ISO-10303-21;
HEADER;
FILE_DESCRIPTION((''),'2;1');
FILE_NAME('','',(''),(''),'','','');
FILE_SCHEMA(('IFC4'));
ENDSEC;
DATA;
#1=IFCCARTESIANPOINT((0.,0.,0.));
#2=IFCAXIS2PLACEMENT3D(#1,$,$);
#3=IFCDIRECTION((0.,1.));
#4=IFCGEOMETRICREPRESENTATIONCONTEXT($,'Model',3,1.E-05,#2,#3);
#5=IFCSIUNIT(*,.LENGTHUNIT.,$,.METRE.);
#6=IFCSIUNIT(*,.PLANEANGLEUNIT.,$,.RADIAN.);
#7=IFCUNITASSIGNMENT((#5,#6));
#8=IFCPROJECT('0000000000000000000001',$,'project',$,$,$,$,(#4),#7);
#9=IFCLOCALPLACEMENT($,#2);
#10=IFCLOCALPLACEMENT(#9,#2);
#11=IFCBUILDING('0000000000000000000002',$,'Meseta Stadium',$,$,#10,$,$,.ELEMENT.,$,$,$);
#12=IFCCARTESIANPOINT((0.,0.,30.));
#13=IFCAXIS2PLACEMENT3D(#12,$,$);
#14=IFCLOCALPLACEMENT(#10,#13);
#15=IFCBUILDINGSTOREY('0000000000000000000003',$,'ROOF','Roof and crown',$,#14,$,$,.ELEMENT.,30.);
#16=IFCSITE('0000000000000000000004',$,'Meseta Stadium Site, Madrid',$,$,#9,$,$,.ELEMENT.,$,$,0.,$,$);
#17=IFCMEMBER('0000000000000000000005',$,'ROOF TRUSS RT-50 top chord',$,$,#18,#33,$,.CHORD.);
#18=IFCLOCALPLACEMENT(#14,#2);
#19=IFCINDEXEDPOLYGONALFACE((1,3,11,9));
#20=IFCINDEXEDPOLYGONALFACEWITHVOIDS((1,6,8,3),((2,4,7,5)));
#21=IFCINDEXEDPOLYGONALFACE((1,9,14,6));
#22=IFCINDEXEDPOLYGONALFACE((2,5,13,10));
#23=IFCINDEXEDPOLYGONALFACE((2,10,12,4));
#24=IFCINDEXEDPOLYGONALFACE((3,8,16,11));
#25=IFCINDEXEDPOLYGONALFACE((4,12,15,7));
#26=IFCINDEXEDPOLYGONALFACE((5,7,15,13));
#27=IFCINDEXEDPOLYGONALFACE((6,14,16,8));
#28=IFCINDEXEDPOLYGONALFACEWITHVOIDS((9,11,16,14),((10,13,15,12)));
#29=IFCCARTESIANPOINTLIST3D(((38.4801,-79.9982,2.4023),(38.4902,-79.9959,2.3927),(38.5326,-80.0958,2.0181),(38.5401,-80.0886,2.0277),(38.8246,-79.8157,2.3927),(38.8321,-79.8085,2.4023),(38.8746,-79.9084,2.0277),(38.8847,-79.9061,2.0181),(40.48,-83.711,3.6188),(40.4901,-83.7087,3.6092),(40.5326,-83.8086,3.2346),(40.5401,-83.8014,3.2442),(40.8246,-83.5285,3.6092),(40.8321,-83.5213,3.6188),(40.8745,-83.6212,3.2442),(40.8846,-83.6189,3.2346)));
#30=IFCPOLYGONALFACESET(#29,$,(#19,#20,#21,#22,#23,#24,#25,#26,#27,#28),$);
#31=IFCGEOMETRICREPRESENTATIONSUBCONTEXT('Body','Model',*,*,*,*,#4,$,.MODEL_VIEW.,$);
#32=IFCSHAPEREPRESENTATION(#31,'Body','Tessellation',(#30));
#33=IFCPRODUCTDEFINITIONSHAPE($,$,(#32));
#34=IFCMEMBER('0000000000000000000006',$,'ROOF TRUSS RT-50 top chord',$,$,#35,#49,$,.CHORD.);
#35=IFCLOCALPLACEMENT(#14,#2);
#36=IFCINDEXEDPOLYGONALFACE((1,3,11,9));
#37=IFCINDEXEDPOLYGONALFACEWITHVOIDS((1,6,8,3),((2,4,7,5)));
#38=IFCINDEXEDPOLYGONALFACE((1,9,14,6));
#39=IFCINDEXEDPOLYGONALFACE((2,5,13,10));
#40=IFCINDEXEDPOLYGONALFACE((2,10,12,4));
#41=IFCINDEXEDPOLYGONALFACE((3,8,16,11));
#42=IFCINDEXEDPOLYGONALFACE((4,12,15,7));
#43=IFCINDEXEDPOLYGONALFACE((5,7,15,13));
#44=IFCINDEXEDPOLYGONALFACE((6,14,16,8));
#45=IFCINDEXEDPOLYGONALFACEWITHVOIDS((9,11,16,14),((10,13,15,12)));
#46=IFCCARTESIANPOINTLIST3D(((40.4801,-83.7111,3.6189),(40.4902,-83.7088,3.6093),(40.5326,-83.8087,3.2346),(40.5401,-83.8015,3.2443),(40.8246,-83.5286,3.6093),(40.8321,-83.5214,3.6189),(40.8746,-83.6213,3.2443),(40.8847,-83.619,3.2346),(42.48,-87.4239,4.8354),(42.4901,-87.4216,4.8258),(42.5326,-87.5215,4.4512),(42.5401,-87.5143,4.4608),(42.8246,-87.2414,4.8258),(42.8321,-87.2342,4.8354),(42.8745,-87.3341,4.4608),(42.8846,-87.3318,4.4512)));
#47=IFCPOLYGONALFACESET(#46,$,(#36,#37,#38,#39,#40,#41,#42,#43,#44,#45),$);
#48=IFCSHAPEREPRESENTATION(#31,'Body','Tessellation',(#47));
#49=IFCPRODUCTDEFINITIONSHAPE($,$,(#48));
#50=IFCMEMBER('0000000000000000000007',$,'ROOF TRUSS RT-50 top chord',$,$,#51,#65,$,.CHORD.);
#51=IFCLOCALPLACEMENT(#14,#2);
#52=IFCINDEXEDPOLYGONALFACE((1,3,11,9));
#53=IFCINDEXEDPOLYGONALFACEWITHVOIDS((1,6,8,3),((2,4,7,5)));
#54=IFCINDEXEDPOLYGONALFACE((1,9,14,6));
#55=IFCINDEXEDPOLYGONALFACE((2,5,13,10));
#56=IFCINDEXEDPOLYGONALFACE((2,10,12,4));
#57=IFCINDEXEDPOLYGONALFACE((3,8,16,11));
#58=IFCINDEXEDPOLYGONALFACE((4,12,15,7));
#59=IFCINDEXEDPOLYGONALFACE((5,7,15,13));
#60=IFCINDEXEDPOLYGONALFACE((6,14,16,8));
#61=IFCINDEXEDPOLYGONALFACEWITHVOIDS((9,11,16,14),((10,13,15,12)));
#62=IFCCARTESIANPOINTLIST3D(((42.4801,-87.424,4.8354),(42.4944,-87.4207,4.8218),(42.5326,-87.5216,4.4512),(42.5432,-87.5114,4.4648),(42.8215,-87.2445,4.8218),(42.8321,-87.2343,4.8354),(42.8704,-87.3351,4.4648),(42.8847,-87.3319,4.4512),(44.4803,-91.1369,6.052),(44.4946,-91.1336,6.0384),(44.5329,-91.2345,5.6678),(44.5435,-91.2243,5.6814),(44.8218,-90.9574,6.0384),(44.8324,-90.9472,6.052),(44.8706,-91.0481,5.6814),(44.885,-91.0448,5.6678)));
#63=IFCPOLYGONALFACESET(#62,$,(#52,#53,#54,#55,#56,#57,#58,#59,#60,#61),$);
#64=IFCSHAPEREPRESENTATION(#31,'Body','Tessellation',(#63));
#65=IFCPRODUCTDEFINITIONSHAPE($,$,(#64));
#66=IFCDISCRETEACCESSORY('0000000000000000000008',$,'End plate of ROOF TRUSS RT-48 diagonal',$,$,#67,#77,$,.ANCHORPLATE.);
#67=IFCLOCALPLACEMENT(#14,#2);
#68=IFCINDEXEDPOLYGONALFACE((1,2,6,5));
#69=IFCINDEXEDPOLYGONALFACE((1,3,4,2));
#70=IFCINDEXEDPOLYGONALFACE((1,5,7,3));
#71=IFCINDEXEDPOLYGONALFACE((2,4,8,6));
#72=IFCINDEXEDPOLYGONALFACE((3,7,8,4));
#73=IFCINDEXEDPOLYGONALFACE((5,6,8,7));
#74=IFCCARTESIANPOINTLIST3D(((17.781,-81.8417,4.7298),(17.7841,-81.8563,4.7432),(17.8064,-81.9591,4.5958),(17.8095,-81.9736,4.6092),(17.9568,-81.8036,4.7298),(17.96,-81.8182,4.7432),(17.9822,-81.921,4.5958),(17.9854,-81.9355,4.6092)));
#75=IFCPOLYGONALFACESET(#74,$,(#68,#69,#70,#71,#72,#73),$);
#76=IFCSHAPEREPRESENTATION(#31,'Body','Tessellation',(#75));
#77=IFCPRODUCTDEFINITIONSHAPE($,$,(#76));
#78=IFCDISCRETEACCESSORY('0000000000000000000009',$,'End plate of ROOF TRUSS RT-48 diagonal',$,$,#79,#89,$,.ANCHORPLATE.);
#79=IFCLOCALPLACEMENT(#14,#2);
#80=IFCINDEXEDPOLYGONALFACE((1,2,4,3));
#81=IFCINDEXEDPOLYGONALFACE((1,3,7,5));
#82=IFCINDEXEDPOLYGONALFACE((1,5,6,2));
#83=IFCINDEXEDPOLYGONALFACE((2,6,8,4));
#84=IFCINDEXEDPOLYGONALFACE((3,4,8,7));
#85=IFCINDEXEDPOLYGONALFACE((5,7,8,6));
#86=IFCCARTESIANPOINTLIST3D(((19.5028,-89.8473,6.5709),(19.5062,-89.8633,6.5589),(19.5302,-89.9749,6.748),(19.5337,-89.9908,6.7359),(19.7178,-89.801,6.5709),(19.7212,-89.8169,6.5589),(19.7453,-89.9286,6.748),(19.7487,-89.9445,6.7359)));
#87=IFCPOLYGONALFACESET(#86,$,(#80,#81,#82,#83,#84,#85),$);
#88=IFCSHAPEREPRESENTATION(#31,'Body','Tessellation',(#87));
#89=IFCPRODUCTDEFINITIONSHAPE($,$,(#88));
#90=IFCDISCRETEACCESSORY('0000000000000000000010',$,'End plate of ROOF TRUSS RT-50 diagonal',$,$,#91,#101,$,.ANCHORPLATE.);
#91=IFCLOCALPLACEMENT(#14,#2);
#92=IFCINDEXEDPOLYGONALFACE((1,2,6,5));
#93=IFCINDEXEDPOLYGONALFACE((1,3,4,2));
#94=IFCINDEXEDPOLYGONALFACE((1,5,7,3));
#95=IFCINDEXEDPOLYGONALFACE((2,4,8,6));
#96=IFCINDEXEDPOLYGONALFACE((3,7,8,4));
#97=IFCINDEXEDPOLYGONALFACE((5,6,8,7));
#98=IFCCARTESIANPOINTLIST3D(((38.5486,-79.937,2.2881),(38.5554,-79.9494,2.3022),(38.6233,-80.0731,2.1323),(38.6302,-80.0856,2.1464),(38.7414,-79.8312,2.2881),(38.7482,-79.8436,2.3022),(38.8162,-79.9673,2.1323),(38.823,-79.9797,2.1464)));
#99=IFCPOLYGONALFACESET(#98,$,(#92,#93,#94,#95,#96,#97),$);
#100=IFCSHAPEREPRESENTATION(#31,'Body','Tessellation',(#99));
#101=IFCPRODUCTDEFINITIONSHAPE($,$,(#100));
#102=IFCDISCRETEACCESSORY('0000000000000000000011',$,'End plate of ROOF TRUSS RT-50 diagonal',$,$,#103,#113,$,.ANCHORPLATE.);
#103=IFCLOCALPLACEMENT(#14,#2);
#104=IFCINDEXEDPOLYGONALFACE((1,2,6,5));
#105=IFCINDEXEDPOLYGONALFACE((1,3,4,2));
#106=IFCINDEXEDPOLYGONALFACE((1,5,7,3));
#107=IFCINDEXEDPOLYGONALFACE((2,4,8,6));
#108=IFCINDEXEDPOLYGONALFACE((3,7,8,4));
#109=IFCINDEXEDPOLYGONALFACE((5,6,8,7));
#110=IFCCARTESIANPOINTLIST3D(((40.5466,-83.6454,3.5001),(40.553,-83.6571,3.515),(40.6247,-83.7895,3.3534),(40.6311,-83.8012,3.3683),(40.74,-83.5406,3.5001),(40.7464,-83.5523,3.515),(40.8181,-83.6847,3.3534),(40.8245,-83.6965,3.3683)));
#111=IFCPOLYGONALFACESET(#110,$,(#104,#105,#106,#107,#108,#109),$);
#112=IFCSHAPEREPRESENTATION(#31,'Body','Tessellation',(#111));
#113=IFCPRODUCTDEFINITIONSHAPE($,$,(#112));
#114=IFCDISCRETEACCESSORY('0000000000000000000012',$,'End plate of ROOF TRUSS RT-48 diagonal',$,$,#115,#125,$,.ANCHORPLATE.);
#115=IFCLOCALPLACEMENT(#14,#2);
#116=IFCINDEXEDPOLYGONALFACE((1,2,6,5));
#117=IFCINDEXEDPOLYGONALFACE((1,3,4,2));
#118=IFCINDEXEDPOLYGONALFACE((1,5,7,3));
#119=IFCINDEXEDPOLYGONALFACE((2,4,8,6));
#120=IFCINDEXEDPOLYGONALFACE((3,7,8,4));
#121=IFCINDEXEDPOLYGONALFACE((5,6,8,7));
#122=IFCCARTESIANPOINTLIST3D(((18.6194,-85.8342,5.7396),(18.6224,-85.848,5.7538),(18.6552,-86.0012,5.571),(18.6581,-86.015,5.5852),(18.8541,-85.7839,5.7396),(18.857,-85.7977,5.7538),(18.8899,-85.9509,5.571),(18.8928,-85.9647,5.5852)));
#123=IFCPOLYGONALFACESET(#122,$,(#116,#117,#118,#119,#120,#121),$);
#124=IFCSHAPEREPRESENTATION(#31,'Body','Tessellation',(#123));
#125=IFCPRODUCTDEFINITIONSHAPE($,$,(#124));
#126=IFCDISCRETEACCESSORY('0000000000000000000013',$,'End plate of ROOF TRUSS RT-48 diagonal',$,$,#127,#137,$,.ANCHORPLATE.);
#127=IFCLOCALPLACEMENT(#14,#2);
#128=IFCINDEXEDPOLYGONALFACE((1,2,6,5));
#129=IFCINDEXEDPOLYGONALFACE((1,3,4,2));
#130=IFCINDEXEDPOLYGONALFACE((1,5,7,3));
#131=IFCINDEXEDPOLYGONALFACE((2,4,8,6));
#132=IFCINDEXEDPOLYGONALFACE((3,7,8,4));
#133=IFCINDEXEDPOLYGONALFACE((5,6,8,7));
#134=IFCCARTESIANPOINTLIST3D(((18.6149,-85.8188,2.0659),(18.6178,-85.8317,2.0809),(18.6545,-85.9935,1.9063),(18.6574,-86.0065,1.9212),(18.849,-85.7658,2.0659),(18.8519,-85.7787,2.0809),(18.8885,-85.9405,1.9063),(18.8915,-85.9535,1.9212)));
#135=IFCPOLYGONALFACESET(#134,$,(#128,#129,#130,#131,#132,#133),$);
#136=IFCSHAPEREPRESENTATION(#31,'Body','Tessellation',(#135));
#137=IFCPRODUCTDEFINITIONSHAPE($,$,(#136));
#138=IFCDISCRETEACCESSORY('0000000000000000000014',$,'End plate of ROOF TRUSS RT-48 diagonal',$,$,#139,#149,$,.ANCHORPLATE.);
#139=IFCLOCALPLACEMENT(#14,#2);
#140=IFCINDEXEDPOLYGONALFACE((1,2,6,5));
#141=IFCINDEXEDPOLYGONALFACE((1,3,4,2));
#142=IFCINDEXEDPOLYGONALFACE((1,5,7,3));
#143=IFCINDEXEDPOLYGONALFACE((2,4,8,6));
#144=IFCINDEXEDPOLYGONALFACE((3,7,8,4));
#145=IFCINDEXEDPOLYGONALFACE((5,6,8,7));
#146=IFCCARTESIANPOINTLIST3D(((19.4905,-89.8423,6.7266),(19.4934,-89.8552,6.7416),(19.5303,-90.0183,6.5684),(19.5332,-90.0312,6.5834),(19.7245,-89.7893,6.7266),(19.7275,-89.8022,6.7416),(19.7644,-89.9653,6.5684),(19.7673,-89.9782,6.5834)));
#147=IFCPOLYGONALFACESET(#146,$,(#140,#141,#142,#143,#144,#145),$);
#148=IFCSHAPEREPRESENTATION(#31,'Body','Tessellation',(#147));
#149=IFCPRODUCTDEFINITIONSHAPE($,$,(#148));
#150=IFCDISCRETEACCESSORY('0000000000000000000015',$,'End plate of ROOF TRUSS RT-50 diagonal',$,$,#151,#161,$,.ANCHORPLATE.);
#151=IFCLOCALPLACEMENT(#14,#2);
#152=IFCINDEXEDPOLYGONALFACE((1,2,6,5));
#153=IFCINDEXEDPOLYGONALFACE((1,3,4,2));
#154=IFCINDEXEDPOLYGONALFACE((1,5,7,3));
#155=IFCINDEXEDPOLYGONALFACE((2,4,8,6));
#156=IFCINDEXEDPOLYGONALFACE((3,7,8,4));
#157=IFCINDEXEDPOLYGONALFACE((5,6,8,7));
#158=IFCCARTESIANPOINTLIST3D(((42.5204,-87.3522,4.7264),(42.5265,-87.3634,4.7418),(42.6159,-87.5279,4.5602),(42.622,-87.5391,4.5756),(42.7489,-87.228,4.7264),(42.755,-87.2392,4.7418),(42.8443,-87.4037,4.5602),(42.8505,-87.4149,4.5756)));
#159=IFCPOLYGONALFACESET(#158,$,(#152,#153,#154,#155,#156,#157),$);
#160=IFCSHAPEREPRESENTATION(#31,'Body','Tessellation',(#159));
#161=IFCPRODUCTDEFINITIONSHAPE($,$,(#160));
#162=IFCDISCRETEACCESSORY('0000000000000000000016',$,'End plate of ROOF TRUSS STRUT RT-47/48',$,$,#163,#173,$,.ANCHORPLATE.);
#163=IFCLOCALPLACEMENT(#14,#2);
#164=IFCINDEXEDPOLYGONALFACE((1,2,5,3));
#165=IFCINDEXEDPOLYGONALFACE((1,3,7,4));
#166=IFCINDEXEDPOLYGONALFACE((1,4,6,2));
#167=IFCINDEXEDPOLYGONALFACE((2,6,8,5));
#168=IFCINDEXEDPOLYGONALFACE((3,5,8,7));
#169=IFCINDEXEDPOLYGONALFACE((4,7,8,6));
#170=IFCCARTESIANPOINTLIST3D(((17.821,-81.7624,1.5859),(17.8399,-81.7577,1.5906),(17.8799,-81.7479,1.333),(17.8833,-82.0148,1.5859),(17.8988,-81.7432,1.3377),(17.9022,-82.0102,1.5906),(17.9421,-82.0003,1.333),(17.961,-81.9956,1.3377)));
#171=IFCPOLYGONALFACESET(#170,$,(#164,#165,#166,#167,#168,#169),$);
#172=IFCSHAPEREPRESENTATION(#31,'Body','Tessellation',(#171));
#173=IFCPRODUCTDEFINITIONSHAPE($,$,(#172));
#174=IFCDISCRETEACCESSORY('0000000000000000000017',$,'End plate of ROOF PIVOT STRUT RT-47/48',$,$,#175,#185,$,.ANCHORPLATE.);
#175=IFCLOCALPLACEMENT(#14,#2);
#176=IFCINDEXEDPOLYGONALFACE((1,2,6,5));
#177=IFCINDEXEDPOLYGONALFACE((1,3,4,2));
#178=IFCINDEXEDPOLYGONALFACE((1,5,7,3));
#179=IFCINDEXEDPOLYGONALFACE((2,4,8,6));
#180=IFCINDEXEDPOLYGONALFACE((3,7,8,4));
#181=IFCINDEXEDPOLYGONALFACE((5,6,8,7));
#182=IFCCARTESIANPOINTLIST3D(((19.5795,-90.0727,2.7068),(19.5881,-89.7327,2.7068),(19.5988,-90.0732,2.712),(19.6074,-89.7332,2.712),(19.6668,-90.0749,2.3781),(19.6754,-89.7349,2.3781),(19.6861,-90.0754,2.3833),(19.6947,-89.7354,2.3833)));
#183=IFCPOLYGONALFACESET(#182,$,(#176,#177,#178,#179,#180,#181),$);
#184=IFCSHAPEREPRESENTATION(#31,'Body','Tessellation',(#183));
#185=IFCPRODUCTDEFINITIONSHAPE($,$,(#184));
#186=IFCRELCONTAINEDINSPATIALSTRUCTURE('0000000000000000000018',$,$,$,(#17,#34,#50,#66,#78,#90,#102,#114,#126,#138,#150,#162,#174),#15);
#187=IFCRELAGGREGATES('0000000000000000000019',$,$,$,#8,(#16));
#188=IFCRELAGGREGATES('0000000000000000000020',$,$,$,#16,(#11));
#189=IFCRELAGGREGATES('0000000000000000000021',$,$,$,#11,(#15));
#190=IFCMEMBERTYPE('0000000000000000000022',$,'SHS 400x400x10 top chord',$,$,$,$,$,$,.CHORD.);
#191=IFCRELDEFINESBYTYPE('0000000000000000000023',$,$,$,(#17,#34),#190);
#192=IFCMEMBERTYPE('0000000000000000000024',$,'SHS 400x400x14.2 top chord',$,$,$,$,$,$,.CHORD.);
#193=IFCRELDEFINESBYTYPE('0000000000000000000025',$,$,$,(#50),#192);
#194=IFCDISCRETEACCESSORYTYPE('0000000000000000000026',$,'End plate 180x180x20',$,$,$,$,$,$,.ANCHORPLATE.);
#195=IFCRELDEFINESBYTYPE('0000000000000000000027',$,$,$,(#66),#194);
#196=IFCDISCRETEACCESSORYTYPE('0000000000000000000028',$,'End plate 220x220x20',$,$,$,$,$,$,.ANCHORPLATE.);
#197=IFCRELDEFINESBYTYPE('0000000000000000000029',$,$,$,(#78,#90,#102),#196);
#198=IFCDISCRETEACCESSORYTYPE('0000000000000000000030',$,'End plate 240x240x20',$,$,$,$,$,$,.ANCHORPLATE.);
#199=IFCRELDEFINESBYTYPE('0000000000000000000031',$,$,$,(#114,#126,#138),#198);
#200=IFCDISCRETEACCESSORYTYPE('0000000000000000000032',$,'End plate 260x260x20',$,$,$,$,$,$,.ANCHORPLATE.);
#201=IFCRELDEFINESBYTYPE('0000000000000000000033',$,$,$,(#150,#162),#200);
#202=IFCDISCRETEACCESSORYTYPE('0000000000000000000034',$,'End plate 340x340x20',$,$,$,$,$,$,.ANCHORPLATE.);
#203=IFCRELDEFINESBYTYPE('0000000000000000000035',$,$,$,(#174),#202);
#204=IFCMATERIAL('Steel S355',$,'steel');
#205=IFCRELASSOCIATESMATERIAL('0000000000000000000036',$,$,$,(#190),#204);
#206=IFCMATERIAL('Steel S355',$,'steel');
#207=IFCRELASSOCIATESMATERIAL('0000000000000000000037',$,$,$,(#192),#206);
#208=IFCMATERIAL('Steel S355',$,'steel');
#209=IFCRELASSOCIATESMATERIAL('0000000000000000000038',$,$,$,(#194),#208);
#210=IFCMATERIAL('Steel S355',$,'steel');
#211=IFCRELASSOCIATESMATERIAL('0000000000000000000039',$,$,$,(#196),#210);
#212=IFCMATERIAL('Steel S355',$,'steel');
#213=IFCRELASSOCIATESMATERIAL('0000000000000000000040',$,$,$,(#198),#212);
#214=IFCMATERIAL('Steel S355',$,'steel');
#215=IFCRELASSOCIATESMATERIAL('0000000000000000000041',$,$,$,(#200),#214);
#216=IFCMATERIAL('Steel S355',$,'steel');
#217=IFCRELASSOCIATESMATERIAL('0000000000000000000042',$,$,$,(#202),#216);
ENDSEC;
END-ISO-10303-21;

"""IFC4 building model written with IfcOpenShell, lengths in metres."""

from ifc_helpers import new_model, si_unit, direction, frame, origin, origin_2d, place, context, subcontext, project, spatial, rectangle, hollow_rectangle, extrude, material, material_profile, profile_set, type_object, element, save


model = new_model("IFC4")

# Units and contexts
model_context = context("Model", 3, precision=1e-05, world=origin(), true_north=direction((0.0, 1.0)))
body_context = subcontext(model_context, "Body", "Model", "MODEL_VIEW")
ifc_project = project(units=[si_unit("LENGTHUNIT", "METRE"), si_unit("PLANEANGLEUNIT", "RADIAN")], contexts=[model_context])

# Site, building, storey
site_placement = place(None, origin())
site = spatial("IfcSite", under=ifc_project, at=site_placement, Name="Meseta Stadium Site, Madrid", CompositionType="ELEMENT", RefElevation=0.0)
building_placement = place(site_placement, origin())
building = spatial("IfcBuilding", under=site, at=building_placement, Name="Meseta Stadium", CompositionType="ELEMENT")
storey_placement = place(building_placement, frame((0.0, 0.0, 30.0)))
storey = spatial("IfcBuildingStorey", under=building, at=storey_placement, Name="ROOF", Description="Roof and crown", CompositionType="ELEMENT", Elevation=30.0)

# Members
ifc_material_1 = material(Name="Steel S355", Category="steel")
ifc_material_profile_1 = material_profile(ifc_material_1, hollow_rectangle(XDim=0.3999, YDim=0.3999, WallThickness=0.01, at=origin_2d()), Name="SHS 400x400x10")
ifc_profile_set_1 = profile_set([ifc_material_profile_1], Name="Steel S355")
member_type_1 = type_object("IfcMemberType", Name="SHS 400x400x10 top chord", PredefinedType="CHORD", material=ifc_profile_set_1)
for number, where, z_axis, x_axis, name in (
    (1, (38.6824, -79.9521, 2.2102), (0.455658, -0.845905, 0.277166), (0.880397, 0.474238, 0.0), "ROOF TRUSS RT-50 top chord"),
    (2, (40.6824, -83.665, 3.4268), (0.455658, -0.845905, 0.277166), (0.880397, 0.474238, 0.0), "ROOF TRUSS RT-50 top chord"),
):
    element("IfcMember", number, at=place(storey_placement, frame(where, z_axis=z_axis, x_axis=x_axis)), inside=storey, type_object=member_type_1, Name=name, PredefinedType="CHORD", context=body_context, shape_type="SweptSolid", body=[
        extrude(hollow_rectangle(XDim=0.3999, YDim=0.3999, WallThickness=0.01, at=origin_2d()), origin(), (0.0, 0.0, 1.0), 4.3892),
    ])
ifc_material_2 = material(Name="Steel S355", Category="steel")
ifc_material_profile_2 = material_profile(ifc_material_2, hollow_rectangle(XDim=0.3999, YDim=0.3999, WallThickness=0.0142, at=origin_2d()), Name="SHS 400x400x14.2")
ifc_profile_set_2 = profile_set([ifc_material_profile_2], Name="Steel S355")
member_type_2 = type_object("IfcMemberType", Name="SHS 400x400x14.2 top chord", PredefinedType="CHORD", material=ifc_profile_set_2)
member_1_placement = place(storey_placement, frame((42.6824, -87.3779, 4.6433), z_axis=(0.455702, -0.845883, 0.277159), x_axis=(0.880373, 0.474283, 0.0)))
element("IfcMember", 3, at=member_1_placement, inside=storey, type_object=member_type_2, Name="ROOF TRUSS RT-50 top chord", PredefinedType="CHORD", context=body_context, shape_type="SweptSolid", body=[
    extrude(hollow_rectangle(XDim=0.3999, YDim=0.3999, WallThickness=0.0142, at=origin_2d()), origin(), (0.0, 0.0, 1.0), 4.3894),
])

# Discrete accessories
ifc_material_3 = material(Name="Steel S355", Category="steel")
ifc_material_profile_3 = material_profile(ifc_material_3, rectangle(XDim=0.1799, YDim=0.1799, at=origin_2d()), Name="PL 180x180")
ifc_profile_set_3 = profile_set([ifc_material_profile_3], Name="Steel S355")
discrete_accessory_type_1 = type_object("IfcDiscreteAccessoryType", Name="End plate 180x180x20", PredefinedType="ANCHORPLATE", material=ifc_profile_set_3)
discrete_accessory_1_placement = place(storey_placement, frame((17.8816, -81.8813, 4.6628), z_axis=(0.157718, -0.727928, 0.667267), x_axis=(0.977323, 0.211753, 0.0)))
element("IfcDiscreteAccessory", 4, at=discrete_accessory_1_placement, inside=storey, type_object=discrete_accessory_type_1, Name="End plate of ROOF TRUSS RT-48 diagonal", PredefinedType="ANCHORPLATE", context=body_context, shape_type="SweptSolid", body=[
    extrude(rectangle(XDim=0.1799, YDim=0.1799, at=origin_2d()), origin(), (0.0, 0.0, 1.0), 0.02),
])
ifc_material_4 = material(Name="Steel S355", Category="steel")
ifc_material_profile_4 = material_profile(ifc_material_4, rectangle(XDim=0.22, YDim=0.22, at=origin_2d()), Name="PL 220x220")
ifc_profile_set_4 = profile_set([ifc_material_profile_4], Name="Steel S355")
discrete_accessory_type_2 = type_object("IfcDiscreteAccessoryType", Name="End plate 220x220x20", PredefinedType="ANCHORPLATE", material=ifc_profile_set_4)
discrete_accessory_2_placement = place(storey_placement, frame((19.624, -89.8879, 6.6594), z_axis=(0.169501, -0.786969, -0.593253), x_axis=(0.977582, 0.210556, 0.0)))
element("IfcDiscreteAccessory", 5, at=discrete_accessory_2_placement, inside=storey, type_object=discrete_accessory_type_2, Name="End plate of ROOF TRUSS RT-48 diagonal", PredefinedType="ANCHORPLATE", context=body_context, shape_type="SweptSolid", body=[
    extrude(rectangle(XDim=0.22, YDim=0.22, at=origin_2d()), origin(), (0.0, 0.0, 1.0), 0.0203),
])
for number, where, z_axis, x_axis, name in (
    (6, (38.6824, -79.9521, 2.2102), (0.34083, -0.620798, 0.706006), (0.876579, 0.481259, 0.0), "End plate of ROOF TRUSS RT-50 diagonal"),
    (7, (40.6824, -83.665, 3.4268), (0.317617, -0.58637, 0.745178), (0.879292, 0.476283, 0.0), "End plate of ROOF TRUSS RT-50 diagonal"),
):
    element("IfcDiscreteAccessory", number, at=place(storey_placement, frame(where, z_axis=z_axis, x_axis=x_axis)), inside=storey, type_object=discrete_accessory_type_2, Name=name, PredefinedType="ANCHORPLATE", context=body_context, shape_type="SweptSolid", body=[
        extrude(rectangle(XDim=0.22, YDim=0.22, at=origin_2d()), origin(), (0.0, 0.0, 1.0), 0.02),
    ])
ifc_material_5 = material(Name="Steel S355", Category="steel")
ifc_material_profile_5 = material_profile(ifc_material_5, rectangle(XDim=0.24, YDim=0.24, at=origin_2d()), Name="PL 240x240")
ifc_profile_set_5 = profile_set([ifc_material_profile_5], Name="Steel S355")
discrete_accessory_type_3 = type_object("IfcDiscreteAccessoryType", Name="End plate 240x240x20", PredefinedType="ANCHORPLATE", material=ifc_profile_set_5)
for number, where, z_axis, x_axis, name in (
    (8, (18.7546, -85.8926, 5.6553), (0.14722, -0.687026, 0.711563), (0.977802, 0.209529, 0.0), "End plate of ROOF TRUSS RT-48 diagonal"),
    (9, (18.7517, -85.8796, 1.9861), (0.146889, -0.648758, 0.746684), (0.975313, 0.220826, 0.0), "End plate of ROOF TRUSS RT-48 diagonal"),
    (10, (19.6274, -89.9038, 6.6475), (0.145553, -0.642861, 0.752026), (0.975313, 0.220826, 0.0), "End plate of ROOF TRUSS RT-48 diagonal"),
):
    element("IfcDiscreteAccessory", number, at=place(storey_placement, frame(where, z_axis=z_axis, x_axis=x_axis)), inside=storey, type_object=discrete_accessory_type_3, Name=name, PredefinedType="ANCHORPLATE", context=body_context, shape_type="SweptSolid", body=[
        extrude(rectangle(XDim=0.24, YDim=0.24, at=origin_2d()), origin(), (0.0, 0.0, 1.0), 0.02),
    ])
ifc_material_6 = material(Name="Steel S355", Category="steel")
ifc_material_profile_6 = material_profile(ifc_material_6, rectangle(XDim=0.26, YDim=0.26, at=origin_2d()), Name="PL 260x260")
ifc_profile_set_6 = profile_set([ifc_material_profile_6], Name="Steel S355")
discrete_accessory_type_4 = type_object("IfcDiscreteAccessoryType", Name="End plate 260x260x20", PredefinedType="ANCHORPLATE", material=ifc_profile_set_6)
for number, where, z_axis, x_axis, name in (
    (11, (42.6824, -87.3779, 4.6433), (0.305196, -0.561561, 0.769094), (0.878625, 0.477513, 0.0), "End plate of ROOF TRUSS RT-50 diagonal"),
    (12, (17.8816, -81.8813, 1.4595), (0.944164, 0.232975, 0.232975), (-0.239568, 0.97088, 0.0), "End plate of ROOF TRUSS STRUT RT-47/48"),
):
    element("IfcDiscreteAccessory", number, at=place(storey_placement, frame(where, z_axis=z_axis, x_axis=x_axis)), inside=storey, type_object=discrete_accessory_type_4, Name=name, PredefinedType="ANCHORPLATE", context=body_context, shape_type="SweptSolid", body=[
        extrude(rectangle(XDim=0.26, YDim=0.26, at=origin_2d()), origin(), (0.0, 0.0, 1.0), 0.02),
    ])
ifc_material_7 = material(Name="Steel S355", Category="steel")
ifc_material_profile_7 = material_profile(ifc_material_7, rectangle(XDim=0.3401, YDim=0.3401, at=origin_2d()), Name="PL 340x340")
ifc_profile_set_7 = profile_set([ifc_material_profile_7], Name="Steel S355")
discrete_accessory_type_5 = type_object("IfcDiscreteAccessoryType", Name="End plate 340x340x20", PredefinedType="ANCHORPLATE", material=ifc_profile_set_7)
discrete_accessory_3_placement = place(storey_placement, frame((19.6274, -89.9038, 2.5425), z_axis=(0.966149, -0.024459, 0.256824), x_axis=(0.025308, 0.99968, 0.0)))
element("IfcDiscreteAccessory", 13, at=discrete_accessory_3_placement, inside=storey, type_object=discrete_accessory_type_5, Name="End plate of ROOF PIVOT STRUT RT-47/48", PredefinedType="ANCHORPLATE", context=body_context, shape_type="SweptSolid", body=[
    extrude(rectangle(XDim=0.3401, YDim=0.3401, at=origin_2d()), origin(), (0.0, 0.0, 1.0), 0.02),
])

save(model, "model.ifc")
